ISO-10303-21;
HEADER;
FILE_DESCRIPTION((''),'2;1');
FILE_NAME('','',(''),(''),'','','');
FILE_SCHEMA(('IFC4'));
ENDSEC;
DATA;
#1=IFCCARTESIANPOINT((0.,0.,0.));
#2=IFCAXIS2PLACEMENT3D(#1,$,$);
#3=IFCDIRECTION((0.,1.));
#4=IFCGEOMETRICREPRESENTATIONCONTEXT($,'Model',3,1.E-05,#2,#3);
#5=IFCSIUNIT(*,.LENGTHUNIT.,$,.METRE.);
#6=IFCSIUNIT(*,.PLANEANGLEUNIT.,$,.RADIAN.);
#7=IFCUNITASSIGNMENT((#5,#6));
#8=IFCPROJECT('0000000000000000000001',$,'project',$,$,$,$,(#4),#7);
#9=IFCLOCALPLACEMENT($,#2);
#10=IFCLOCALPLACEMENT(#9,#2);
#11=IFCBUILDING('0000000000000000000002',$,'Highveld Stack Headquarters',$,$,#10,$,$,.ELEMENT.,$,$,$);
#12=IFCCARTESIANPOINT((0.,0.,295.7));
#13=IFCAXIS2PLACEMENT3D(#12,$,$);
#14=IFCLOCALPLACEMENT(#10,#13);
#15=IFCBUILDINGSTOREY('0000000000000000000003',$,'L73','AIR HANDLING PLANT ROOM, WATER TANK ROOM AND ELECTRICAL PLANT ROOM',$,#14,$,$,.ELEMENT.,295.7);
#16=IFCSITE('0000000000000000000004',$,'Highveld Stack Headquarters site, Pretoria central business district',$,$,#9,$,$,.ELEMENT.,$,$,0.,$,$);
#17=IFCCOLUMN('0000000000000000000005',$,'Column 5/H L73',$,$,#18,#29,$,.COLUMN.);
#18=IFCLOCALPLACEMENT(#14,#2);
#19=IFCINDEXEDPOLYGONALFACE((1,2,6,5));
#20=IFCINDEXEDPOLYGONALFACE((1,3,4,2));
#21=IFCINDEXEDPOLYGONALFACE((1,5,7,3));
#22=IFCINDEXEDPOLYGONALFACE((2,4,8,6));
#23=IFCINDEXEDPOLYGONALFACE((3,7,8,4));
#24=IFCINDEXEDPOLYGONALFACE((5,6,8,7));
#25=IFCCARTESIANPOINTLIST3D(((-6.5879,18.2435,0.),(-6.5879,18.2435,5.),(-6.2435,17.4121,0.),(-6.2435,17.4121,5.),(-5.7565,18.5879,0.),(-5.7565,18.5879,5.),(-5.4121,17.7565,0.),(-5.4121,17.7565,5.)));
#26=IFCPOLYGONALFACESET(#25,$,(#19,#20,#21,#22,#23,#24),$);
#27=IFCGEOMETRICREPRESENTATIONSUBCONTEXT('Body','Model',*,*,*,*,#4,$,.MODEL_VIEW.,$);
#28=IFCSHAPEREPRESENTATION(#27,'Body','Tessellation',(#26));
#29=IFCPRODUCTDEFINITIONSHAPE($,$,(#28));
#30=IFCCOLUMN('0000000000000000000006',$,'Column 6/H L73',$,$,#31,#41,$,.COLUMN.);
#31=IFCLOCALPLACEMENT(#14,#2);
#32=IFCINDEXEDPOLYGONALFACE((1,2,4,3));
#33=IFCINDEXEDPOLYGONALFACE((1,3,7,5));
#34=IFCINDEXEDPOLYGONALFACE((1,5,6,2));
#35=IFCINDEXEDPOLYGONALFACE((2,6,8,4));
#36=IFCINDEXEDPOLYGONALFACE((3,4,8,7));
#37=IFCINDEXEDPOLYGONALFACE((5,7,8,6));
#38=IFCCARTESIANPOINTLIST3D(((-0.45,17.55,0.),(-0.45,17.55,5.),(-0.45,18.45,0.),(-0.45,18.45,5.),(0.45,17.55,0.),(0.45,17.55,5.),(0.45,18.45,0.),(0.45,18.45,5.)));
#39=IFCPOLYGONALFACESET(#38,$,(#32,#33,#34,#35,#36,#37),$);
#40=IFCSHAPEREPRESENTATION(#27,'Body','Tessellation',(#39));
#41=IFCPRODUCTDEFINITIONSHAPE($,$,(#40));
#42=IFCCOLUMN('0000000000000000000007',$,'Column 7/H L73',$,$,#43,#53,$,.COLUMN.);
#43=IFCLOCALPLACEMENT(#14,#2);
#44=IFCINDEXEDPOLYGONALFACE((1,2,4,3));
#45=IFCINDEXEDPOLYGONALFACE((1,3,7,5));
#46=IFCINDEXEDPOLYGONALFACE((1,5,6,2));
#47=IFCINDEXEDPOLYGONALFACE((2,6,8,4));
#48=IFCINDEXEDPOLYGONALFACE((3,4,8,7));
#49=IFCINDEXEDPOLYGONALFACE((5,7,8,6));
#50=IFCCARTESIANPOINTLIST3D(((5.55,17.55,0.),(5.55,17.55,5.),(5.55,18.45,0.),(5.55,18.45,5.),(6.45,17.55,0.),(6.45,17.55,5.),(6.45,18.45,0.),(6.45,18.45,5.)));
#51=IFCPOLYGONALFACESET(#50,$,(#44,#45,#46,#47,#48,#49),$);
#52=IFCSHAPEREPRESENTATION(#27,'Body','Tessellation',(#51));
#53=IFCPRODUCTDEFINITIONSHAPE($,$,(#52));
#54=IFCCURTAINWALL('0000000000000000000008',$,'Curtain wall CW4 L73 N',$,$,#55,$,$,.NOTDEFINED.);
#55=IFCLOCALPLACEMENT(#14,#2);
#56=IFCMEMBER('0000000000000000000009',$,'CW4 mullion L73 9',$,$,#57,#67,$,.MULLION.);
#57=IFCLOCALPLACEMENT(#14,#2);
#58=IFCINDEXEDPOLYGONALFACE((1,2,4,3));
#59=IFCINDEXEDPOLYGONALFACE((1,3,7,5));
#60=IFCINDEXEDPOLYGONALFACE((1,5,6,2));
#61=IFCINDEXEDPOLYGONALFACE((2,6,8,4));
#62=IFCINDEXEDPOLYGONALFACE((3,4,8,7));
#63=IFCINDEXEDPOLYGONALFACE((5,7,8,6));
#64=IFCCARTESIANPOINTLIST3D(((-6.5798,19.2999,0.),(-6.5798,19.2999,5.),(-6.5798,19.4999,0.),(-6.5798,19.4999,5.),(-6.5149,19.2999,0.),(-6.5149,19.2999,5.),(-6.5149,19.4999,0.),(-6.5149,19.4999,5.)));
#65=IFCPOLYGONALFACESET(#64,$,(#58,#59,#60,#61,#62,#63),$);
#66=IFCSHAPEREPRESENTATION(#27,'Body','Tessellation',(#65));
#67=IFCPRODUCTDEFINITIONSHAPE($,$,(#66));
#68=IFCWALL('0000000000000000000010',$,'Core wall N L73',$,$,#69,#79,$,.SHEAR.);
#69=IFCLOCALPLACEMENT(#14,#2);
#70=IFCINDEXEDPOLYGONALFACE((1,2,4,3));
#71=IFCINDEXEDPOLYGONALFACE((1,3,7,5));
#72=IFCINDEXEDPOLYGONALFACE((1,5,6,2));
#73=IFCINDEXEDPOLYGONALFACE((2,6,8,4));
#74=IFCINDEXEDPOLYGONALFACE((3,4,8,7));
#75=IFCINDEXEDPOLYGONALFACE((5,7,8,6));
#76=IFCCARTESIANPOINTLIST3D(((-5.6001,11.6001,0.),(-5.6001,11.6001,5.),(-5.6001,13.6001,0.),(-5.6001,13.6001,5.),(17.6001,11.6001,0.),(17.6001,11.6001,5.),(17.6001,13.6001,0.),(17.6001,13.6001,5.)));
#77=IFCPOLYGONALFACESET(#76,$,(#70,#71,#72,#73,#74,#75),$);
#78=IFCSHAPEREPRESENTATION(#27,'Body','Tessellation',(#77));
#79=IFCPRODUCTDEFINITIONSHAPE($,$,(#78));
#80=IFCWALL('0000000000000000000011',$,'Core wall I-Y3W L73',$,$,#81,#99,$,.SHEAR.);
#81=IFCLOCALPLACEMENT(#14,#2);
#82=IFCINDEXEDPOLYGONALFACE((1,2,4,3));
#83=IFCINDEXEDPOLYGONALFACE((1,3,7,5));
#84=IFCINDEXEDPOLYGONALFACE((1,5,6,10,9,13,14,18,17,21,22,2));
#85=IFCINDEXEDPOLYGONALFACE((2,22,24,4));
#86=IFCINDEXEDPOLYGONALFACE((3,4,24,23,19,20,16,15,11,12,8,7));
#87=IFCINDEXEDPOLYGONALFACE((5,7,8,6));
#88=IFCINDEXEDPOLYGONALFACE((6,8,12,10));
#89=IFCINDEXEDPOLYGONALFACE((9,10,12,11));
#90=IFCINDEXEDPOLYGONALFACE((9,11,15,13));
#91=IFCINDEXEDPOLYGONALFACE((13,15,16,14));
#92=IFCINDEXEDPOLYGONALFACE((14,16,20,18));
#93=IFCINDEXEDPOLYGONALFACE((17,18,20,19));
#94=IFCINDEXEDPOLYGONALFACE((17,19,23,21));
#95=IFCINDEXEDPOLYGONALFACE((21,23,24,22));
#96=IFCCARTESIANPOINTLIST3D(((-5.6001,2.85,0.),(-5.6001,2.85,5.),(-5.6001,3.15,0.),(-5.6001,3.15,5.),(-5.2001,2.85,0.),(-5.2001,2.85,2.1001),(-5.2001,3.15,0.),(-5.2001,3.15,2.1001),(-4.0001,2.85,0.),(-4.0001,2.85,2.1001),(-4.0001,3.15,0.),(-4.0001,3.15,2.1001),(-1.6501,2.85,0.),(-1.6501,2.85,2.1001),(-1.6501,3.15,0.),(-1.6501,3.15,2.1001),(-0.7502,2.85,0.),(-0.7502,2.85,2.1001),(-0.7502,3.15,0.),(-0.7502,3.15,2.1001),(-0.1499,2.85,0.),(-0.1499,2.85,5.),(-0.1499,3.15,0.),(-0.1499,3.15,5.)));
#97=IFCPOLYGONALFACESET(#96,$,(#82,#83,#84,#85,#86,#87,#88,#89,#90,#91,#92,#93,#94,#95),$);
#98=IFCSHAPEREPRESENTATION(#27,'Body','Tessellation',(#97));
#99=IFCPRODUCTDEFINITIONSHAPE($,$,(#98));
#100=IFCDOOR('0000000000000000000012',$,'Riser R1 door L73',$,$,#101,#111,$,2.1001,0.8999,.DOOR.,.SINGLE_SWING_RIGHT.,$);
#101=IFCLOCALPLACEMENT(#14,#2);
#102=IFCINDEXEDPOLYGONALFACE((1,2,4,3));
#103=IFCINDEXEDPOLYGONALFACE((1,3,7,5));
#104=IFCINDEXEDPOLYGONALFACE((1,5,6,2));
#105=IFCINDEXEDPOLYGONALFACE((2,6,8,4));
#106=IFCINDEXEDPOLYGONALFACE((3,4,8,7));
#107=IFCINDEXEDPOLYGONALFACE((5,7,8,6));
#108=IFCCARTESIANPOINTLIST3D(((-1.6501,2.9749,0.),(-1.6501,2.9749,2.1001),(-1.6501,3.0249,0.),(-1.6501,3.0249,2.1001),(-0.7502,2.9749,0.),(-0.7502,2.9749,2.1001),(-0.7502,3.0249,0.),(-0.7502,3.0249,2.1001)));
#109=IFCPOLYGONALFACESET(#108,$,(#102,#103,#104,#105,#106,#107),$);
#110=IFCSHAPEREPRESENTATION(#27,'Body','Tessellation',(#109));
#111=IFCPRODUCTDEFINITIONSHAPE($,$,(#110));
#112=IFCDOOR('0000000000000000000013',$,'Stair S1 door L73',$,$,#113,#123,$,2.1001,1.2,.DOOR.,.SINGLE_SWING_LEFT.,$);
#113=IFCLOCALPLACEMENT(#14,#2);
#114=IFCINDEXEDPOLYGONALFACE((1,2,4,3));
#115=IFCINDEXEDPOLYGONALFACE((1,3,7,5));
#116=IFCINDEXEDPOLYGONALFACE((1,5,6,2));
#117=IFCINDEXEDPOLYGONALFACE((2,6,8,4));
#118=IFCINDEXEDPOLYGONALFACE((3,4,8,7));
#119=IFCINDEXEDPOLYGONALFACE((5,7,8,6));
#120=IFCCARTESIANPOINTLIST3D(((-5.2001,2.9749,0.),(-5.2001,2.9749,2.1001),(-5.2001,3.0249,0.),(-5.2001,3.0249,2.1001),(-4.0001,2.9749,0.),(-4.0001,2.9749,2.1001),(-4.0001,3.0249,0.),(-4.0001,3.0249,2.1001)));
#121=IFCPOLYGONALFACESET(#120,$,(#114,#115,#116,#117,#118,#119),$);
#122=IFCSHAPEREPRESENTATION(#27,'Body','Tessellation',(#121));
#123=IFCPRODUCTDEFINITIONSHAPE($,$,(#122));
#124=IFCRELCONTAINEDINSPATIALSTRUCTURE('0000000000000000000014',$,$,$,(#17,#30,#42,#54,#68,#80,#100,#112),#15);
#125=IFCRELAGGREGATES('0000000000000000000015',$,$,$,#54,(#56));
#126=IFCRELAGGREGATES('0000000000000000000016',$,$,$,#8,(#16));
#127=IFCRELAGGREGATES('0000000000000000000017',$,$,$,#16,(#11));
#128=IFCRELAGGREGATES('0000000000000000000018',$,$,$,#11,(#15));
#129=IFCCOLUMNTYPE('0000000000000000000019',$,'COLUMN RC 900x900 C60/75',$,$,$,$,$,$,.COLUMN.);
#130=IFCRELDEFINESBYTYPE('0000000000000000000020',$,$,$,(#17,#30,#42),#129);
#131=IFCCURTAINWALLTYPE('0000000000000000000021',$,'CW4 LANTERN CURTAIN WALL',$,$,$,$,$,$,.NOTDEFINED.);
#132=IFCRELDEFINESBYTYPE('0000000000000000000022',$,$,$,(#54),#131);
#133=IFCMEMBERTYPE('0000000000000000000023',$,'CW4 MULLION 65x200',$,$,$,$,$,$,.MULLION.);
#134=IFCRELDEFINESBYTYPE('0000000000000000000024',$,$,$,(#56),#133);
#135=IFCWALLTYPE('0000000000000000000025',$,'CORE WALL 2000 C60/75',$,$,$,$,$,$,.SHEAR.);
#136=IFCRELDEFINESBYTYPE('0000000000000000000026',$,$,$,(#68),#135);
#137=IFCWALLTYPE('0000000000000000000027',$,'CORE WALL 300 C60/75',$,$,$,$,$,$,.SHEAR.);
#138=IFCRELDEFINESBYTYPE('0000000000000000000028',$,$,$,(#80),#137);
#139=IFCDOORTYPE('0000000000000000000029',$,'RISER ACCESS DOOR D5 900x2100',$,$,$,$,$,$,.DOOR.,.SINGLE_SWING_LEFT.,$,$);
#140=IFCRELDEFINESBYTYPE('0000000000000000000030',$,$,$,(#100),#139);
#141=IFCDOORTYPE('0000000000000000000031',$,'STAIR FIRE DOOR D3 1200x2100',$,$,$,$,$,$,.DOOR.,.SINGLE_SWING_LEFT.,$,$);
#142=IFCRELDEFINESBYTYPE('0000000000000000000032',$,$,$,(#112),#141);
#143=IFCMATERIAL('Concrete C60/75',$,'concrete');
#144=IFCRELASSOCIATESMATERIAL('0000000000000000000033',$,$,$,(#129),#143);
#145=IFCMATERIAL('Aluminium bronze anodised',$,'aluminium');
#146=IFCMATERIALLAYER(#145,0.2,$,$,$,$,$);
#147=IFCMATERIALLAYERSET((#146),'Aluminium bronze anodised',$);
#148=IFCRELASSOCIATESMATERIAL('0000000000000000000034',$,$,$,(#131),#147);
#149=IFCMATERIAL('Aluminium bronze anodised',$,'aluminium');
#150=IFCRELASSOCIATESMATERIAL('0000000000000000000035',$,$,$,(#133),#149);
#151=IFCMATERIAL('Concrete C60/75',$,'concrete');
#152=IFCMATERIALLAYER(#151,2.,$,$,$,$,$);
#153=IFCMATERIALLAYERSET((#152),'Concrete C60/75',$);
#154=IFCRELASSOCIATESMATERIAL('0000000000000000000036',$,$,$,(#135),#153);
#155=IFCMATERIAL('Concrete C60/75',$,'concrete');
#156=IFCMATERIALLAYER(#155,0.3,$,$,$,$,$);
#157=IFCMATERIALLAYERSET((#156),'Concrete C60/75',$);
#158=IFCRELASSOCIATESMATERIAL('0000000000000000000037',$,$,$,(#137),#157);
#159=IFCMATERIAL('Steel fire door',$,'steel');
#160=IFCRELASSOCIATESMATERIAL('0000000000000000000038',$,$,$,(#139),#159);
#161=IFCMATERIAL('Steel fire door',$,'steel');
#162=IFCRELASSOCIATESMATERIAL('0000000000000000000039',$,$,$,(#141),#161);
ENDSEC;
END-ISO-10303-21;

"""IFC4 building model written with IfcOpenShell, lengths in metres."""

from ifc_helpers import new_model, si_unit, direction, frame, frame_2d, origin, origin_2d, place, context, subcontext, project, spatial, rectangle, extrude, material, layer, layer_set, material_profile, profile_set, type_object, element, fill, aggregate, save


model = new_model("IFC4")

# Units and contexts
model_context = context("Model", 3, precision=1e-05, world=origin(), true_north=direction((0.0, 1.0)))
body_context = subcontext(model_context, "Body", "Model", "MODEL_VIEW")
ifc_project = project(units=[si_unit("LENGTHUNIT", "METRE"), si_unit("PLANEANGLEUNIT", "RADIAN")], contexts=[model_context])

# Site, building, storey
site_placement = place(None, origin())
site = spatial("IfcSite", under=ifc_project, at=site_placement, Name="Highveld Stack Headquarters site, Pretoria central business district", CompositionType="ELEMENT", RefElevation=0.0)
building_placement = place(site_placement, origin())
building = spatial("IfcBuilding", under=site, at=building_placement, Name="Highveld Stack Headquarters", CompositionType="ELEMENT")
storey_placement = place(building_placement, frame((0.0, 0.0, 295.7)))
storey = spatial("IfcBuildingStorey", under=building, at=storey_placement, Name="L73", Description="AIR HANDLING PLANT ROOM, WATER TANK ROOM AND ELECTRICAL PLANT ROOM", CompositionType="ELEMENT", Elevation=295.7)

# Columns
ifc_material_1 = material(Name="Concrete C60/75", Category="concrete")
ifc_material_profile_1 = material_profile(ifc_material_1, rectangle(XDim=0.8999, YDim=0.8999, at=origin_2d()), Name="RC 900x900")
ifc_profile_set_1 = profile_set([ifc_material_profile_1], Name="Concrete C60/75")
column_type = type_object("IfcColumnType", Name="COLUMN RC 900x900 C60/75", PredefinedType="COLUMN", material=ifc_profile_set_1)
for number, where, z_axis, x_axis, name in (
    (1, (-6.0, 18.0, 0.0), (0.0, 0.0, 1.0), (0.92388, 0.382683, 0.0), "Column 5/H L73"),
    (2, (0.0, 18.0, 0.0), (0.0, 0.0, 1.0), (1.0, 0.0, 0.0), "Column 6/H L73"),
    (3, (6.0, 18.0, 0.0), (0.0, 0.0, 1.0), (1.0, 0.0, 0.0), "Column 7/H L73"),
):
    element("IfcColumn", number, at=place(storey_placement, frame(where, z_axis=z_axis, x_axis=x_axis)), inside=storey, type_object=column_type, Name=name, PredefinedType="COLUMN", context=body_context, shape_type="SweptSolid", body=[
        extrude(rectangle(XDim=0.8999, YDim=0.8999, at=origin_2d()), origin(), (0.0, 0.0, 1.0), 5.0),
    ])

# Curtain wall, member
ifc_material_2 = material(Name="Aluminium bronze anodised", Category="aluminium")
ifc_layer_1 = layer(ifc_material_2, 0.2)
ifc_layer_set_1 = layer_set([ifc_layer_1], Name="Aluminium bronze anodised")
curtain_wall_type = type_object("IfcCurtainWallType", Name="CW4 LANTERN CURTAIN WALL", PredefinedType="NOTDEFINED", material=ifc_layer_set_1)
curtain_wall_placement = place(storey_placement, origin())
curtain_wall = element("IfcCurtainWall", 4, at=curtain_wall_placement, inside=storey, type_object=curtain_wall_type, Name="Curtain wall CW4 L73 N", PredefinedType="NOTDEFINED")
ifc_material_3 = material(Name="Aluminium bronze anodised", Category="aluminium")
ifc_material_profile_2 = material_profile(ifc_material_3, rectangle(XDim=0.2, YDim=0.0649, at=origin_2d()), Name="CW4 MULLION 65x200")
ifc_profile_set_2 = profile_set([ifc_material_profile_2], Name="Aluminium bronze anodised")
member_type = type_object("IfcMemberType", Name="CW4 MULLION 65x200", PredefinedType="MULLION", material=ifc_profile_set_2)
member_placement = place(storey_placement, frame((-6.5474, 19.3999, 0.0), z_axis=(0.0, 0.0, 1.0), x_axis=(0.0, -1.0, 0.0)))
member = element("IfcMember", 5, at=member_placement, type_object=member_type, Name="CW4 mullion L73 9", PredefinedType="MULLION", context=body_context, shape_type="SweptSolid", body=[
    extrude(rectangle(XDim=0.2, YDim=0.0649, at=origin_2d()), origin(), (0.0, 0.0, 1.0), 5.0),
])
aggregate(curtain_wall, [member])

# Wall
ifc_material_4 = material(Name="Concrete C60/75", Category="concrete")
ifc_layer_2 = layer(ifc_material_4, 2.0)
ifc_layer_set_2 = layer_set([ifc_layer_2], Name="Concrete C60/75")
wall_type_1 = type_object("IfcWallType", Name="CORE WALL 2000 C60/75", PredefinedType="SHEAR", material=ifc_layer_set_2)
wall_1_placement = place(storey_placement, frame((-5.6001, 12.6001, 0.0), z_axis=(0.0, 0.0, 1.0), x_axis=(1.0, 0.0, 0.0)))
element("IfcWall", 6, at=wall_1_placement, inside=storey, type_object=wall_type_1, Name="Core wall N L73", PredefinedType="SHEAR", context=body_context, shape_type="SweptSolid", body=[
    extrude(rectangle(XDim=23.2002, YDim=2.0, at=frame_2d((11.6001, 0.0))), origin(), (0.0, 0.0, 1.0), 5.0),
])

# Wall, openings, doors
ifc_material_5 = material(Name="Concrete C60/75", Category="concrete")
ifc_layer_3 = layer(ifc_material_5, 0.3)
ifc_layer_set_3 = layer_set([ifc_layer_3], Name="Concrete C60/75")
wall_type_2 = type_object("IfcWallType", Name="CORE WALL 300 C60/75", PredefinedType="SHEAR", material=ifc_layer_set_3)
wall_2_placement = place(storey_placement, frame((-5.6001, 3.0, 0.0), z_axis=(0.0, 0.0, 1.0), x_axis=(1.0, 0.0, 0.0)))
wall_2 = element("IfcWall", 7, at=wall_2_placement, inside=storey, type_object=wall_type_2, Name="Core wall I-Y3W L73", PredefinedType="SHEAR", context=body_context, shape_type="SweptSolid", body=[
    extrude(rectangle(XDim=5.4502, YDim=0.3, at=frame_2d((2.7251, 0.0))), origin(), (0.0, 0.0, 1.0), 5.0),
])
opening_1_placement = place(wall_2_placement, frame((0.3999, 0.0, 0.0)))
opening_1 = element("IfcOpeningElement", 8, at=opening_1_placement, cuts=wall_2, PredefinedType="OPENING", context=body_context, shape_type="SweptSolid", body=[
    extrude(rectangle(XDim=1.2, YDim=2.1001, at=frame_2d((0.6001, 1.05))), frame((0.0, 0.1599, 0.0), z_axis=(0.0, -1.0, 0.0), x_axis=(1.0, 0.0, 0.0)), (0.0, 0.0, 1.0), 0.3201),
])
opening_2_placement = place(wall_2_placement, frame((3.95, 0.0, 0.0)))
opening_2 = element("IfcOpeningElement", 9, at=opening_2_placement, cuts=wall_2, PredefinedType="OPENING", context=body_context, shape_type="SweptSolid", body=[
    extrude(rectangle(XDim=0.8999, YDim=2.1001, at=frame_2d((0.45, 1.05))), frame((0.0, 0.1599, 0.0), z_axis=(0.0, -1.0, 0.0), x_axis=(1.0, 0.0, 0.0)), (0.0, 0.0, 1.0), 0.3201),
])
ifc_material_6 = material(Name="Steel fire door", Category="steel")
door_type_1 = type_object("IfcDoorType", Name="RISER ACCESS DOOR D5 900x2100", OperationType="SINGLE_SWING_LEFT", PredefinedType="DOOR", material=ifc_material_6)
door_1_placement = place(opening_2_placement, origin())
door_1 = element("IfcDoor", 10, at=door_1_placement, inside=storey, type_object=door_type_1, Name="Riser R1 door L73", OperationType="SINGLE_SWING_RIGHT", OverallHeight=2.1001, OverallWidth=0.8999, PredefinedType="DOOR", context=body_context, shape_type="SweptSolid", body=[
    extrude(rectangle(XDim=0.8999, YDim=2.1001, at=frame_2d((0.45, 1.05))), frame((0.0, 0.0249, 0.0), z_axis=(0.0, -1.0, 0.0), x_axis=(1.0, 0.0, 0.0)), (0.0, 0.0, 1.0), 0.05),
])
fill(opening_2, door_1)
ifc_material_7 = material(Name="Steel fire door", Category="steel")
door_type_2 = type_object("IfcDoorType", Name="STAIR FIRE DOOR D3 1200x2100", OperationType="SINGLE_SWING_LEFT", PredefinedType="DOOR", material=ifc_material_7)
door_2_placement = place(opening_1_placement, origin())
door_2 = element("IfcDoor", 11, at=door_2_placement, inside=storey, type_object=door_type_2, Name="Stair S1 door L73", OperationType="SINGLE_SWING_LEFT", OverallHeight=2.1001, OverallWidth=1.2, PredefinedType="DOOR", context=body_context, shape_type="SweptSolid", body=[
    extrude(rectangle(XDim=1.2, YDim=2.1001, at=frame_2d((0.6001, 1.05))), frame((0.0, 0.0249, 0.0), z_axis=(0.0, -1.0, 0.0), x_axis=(1.0, 0.0, 0.0)), (0.0, 0.0, 1.0), 0.05),
])
fill(opening_1, door_2)

save(model, "model.ifc")
